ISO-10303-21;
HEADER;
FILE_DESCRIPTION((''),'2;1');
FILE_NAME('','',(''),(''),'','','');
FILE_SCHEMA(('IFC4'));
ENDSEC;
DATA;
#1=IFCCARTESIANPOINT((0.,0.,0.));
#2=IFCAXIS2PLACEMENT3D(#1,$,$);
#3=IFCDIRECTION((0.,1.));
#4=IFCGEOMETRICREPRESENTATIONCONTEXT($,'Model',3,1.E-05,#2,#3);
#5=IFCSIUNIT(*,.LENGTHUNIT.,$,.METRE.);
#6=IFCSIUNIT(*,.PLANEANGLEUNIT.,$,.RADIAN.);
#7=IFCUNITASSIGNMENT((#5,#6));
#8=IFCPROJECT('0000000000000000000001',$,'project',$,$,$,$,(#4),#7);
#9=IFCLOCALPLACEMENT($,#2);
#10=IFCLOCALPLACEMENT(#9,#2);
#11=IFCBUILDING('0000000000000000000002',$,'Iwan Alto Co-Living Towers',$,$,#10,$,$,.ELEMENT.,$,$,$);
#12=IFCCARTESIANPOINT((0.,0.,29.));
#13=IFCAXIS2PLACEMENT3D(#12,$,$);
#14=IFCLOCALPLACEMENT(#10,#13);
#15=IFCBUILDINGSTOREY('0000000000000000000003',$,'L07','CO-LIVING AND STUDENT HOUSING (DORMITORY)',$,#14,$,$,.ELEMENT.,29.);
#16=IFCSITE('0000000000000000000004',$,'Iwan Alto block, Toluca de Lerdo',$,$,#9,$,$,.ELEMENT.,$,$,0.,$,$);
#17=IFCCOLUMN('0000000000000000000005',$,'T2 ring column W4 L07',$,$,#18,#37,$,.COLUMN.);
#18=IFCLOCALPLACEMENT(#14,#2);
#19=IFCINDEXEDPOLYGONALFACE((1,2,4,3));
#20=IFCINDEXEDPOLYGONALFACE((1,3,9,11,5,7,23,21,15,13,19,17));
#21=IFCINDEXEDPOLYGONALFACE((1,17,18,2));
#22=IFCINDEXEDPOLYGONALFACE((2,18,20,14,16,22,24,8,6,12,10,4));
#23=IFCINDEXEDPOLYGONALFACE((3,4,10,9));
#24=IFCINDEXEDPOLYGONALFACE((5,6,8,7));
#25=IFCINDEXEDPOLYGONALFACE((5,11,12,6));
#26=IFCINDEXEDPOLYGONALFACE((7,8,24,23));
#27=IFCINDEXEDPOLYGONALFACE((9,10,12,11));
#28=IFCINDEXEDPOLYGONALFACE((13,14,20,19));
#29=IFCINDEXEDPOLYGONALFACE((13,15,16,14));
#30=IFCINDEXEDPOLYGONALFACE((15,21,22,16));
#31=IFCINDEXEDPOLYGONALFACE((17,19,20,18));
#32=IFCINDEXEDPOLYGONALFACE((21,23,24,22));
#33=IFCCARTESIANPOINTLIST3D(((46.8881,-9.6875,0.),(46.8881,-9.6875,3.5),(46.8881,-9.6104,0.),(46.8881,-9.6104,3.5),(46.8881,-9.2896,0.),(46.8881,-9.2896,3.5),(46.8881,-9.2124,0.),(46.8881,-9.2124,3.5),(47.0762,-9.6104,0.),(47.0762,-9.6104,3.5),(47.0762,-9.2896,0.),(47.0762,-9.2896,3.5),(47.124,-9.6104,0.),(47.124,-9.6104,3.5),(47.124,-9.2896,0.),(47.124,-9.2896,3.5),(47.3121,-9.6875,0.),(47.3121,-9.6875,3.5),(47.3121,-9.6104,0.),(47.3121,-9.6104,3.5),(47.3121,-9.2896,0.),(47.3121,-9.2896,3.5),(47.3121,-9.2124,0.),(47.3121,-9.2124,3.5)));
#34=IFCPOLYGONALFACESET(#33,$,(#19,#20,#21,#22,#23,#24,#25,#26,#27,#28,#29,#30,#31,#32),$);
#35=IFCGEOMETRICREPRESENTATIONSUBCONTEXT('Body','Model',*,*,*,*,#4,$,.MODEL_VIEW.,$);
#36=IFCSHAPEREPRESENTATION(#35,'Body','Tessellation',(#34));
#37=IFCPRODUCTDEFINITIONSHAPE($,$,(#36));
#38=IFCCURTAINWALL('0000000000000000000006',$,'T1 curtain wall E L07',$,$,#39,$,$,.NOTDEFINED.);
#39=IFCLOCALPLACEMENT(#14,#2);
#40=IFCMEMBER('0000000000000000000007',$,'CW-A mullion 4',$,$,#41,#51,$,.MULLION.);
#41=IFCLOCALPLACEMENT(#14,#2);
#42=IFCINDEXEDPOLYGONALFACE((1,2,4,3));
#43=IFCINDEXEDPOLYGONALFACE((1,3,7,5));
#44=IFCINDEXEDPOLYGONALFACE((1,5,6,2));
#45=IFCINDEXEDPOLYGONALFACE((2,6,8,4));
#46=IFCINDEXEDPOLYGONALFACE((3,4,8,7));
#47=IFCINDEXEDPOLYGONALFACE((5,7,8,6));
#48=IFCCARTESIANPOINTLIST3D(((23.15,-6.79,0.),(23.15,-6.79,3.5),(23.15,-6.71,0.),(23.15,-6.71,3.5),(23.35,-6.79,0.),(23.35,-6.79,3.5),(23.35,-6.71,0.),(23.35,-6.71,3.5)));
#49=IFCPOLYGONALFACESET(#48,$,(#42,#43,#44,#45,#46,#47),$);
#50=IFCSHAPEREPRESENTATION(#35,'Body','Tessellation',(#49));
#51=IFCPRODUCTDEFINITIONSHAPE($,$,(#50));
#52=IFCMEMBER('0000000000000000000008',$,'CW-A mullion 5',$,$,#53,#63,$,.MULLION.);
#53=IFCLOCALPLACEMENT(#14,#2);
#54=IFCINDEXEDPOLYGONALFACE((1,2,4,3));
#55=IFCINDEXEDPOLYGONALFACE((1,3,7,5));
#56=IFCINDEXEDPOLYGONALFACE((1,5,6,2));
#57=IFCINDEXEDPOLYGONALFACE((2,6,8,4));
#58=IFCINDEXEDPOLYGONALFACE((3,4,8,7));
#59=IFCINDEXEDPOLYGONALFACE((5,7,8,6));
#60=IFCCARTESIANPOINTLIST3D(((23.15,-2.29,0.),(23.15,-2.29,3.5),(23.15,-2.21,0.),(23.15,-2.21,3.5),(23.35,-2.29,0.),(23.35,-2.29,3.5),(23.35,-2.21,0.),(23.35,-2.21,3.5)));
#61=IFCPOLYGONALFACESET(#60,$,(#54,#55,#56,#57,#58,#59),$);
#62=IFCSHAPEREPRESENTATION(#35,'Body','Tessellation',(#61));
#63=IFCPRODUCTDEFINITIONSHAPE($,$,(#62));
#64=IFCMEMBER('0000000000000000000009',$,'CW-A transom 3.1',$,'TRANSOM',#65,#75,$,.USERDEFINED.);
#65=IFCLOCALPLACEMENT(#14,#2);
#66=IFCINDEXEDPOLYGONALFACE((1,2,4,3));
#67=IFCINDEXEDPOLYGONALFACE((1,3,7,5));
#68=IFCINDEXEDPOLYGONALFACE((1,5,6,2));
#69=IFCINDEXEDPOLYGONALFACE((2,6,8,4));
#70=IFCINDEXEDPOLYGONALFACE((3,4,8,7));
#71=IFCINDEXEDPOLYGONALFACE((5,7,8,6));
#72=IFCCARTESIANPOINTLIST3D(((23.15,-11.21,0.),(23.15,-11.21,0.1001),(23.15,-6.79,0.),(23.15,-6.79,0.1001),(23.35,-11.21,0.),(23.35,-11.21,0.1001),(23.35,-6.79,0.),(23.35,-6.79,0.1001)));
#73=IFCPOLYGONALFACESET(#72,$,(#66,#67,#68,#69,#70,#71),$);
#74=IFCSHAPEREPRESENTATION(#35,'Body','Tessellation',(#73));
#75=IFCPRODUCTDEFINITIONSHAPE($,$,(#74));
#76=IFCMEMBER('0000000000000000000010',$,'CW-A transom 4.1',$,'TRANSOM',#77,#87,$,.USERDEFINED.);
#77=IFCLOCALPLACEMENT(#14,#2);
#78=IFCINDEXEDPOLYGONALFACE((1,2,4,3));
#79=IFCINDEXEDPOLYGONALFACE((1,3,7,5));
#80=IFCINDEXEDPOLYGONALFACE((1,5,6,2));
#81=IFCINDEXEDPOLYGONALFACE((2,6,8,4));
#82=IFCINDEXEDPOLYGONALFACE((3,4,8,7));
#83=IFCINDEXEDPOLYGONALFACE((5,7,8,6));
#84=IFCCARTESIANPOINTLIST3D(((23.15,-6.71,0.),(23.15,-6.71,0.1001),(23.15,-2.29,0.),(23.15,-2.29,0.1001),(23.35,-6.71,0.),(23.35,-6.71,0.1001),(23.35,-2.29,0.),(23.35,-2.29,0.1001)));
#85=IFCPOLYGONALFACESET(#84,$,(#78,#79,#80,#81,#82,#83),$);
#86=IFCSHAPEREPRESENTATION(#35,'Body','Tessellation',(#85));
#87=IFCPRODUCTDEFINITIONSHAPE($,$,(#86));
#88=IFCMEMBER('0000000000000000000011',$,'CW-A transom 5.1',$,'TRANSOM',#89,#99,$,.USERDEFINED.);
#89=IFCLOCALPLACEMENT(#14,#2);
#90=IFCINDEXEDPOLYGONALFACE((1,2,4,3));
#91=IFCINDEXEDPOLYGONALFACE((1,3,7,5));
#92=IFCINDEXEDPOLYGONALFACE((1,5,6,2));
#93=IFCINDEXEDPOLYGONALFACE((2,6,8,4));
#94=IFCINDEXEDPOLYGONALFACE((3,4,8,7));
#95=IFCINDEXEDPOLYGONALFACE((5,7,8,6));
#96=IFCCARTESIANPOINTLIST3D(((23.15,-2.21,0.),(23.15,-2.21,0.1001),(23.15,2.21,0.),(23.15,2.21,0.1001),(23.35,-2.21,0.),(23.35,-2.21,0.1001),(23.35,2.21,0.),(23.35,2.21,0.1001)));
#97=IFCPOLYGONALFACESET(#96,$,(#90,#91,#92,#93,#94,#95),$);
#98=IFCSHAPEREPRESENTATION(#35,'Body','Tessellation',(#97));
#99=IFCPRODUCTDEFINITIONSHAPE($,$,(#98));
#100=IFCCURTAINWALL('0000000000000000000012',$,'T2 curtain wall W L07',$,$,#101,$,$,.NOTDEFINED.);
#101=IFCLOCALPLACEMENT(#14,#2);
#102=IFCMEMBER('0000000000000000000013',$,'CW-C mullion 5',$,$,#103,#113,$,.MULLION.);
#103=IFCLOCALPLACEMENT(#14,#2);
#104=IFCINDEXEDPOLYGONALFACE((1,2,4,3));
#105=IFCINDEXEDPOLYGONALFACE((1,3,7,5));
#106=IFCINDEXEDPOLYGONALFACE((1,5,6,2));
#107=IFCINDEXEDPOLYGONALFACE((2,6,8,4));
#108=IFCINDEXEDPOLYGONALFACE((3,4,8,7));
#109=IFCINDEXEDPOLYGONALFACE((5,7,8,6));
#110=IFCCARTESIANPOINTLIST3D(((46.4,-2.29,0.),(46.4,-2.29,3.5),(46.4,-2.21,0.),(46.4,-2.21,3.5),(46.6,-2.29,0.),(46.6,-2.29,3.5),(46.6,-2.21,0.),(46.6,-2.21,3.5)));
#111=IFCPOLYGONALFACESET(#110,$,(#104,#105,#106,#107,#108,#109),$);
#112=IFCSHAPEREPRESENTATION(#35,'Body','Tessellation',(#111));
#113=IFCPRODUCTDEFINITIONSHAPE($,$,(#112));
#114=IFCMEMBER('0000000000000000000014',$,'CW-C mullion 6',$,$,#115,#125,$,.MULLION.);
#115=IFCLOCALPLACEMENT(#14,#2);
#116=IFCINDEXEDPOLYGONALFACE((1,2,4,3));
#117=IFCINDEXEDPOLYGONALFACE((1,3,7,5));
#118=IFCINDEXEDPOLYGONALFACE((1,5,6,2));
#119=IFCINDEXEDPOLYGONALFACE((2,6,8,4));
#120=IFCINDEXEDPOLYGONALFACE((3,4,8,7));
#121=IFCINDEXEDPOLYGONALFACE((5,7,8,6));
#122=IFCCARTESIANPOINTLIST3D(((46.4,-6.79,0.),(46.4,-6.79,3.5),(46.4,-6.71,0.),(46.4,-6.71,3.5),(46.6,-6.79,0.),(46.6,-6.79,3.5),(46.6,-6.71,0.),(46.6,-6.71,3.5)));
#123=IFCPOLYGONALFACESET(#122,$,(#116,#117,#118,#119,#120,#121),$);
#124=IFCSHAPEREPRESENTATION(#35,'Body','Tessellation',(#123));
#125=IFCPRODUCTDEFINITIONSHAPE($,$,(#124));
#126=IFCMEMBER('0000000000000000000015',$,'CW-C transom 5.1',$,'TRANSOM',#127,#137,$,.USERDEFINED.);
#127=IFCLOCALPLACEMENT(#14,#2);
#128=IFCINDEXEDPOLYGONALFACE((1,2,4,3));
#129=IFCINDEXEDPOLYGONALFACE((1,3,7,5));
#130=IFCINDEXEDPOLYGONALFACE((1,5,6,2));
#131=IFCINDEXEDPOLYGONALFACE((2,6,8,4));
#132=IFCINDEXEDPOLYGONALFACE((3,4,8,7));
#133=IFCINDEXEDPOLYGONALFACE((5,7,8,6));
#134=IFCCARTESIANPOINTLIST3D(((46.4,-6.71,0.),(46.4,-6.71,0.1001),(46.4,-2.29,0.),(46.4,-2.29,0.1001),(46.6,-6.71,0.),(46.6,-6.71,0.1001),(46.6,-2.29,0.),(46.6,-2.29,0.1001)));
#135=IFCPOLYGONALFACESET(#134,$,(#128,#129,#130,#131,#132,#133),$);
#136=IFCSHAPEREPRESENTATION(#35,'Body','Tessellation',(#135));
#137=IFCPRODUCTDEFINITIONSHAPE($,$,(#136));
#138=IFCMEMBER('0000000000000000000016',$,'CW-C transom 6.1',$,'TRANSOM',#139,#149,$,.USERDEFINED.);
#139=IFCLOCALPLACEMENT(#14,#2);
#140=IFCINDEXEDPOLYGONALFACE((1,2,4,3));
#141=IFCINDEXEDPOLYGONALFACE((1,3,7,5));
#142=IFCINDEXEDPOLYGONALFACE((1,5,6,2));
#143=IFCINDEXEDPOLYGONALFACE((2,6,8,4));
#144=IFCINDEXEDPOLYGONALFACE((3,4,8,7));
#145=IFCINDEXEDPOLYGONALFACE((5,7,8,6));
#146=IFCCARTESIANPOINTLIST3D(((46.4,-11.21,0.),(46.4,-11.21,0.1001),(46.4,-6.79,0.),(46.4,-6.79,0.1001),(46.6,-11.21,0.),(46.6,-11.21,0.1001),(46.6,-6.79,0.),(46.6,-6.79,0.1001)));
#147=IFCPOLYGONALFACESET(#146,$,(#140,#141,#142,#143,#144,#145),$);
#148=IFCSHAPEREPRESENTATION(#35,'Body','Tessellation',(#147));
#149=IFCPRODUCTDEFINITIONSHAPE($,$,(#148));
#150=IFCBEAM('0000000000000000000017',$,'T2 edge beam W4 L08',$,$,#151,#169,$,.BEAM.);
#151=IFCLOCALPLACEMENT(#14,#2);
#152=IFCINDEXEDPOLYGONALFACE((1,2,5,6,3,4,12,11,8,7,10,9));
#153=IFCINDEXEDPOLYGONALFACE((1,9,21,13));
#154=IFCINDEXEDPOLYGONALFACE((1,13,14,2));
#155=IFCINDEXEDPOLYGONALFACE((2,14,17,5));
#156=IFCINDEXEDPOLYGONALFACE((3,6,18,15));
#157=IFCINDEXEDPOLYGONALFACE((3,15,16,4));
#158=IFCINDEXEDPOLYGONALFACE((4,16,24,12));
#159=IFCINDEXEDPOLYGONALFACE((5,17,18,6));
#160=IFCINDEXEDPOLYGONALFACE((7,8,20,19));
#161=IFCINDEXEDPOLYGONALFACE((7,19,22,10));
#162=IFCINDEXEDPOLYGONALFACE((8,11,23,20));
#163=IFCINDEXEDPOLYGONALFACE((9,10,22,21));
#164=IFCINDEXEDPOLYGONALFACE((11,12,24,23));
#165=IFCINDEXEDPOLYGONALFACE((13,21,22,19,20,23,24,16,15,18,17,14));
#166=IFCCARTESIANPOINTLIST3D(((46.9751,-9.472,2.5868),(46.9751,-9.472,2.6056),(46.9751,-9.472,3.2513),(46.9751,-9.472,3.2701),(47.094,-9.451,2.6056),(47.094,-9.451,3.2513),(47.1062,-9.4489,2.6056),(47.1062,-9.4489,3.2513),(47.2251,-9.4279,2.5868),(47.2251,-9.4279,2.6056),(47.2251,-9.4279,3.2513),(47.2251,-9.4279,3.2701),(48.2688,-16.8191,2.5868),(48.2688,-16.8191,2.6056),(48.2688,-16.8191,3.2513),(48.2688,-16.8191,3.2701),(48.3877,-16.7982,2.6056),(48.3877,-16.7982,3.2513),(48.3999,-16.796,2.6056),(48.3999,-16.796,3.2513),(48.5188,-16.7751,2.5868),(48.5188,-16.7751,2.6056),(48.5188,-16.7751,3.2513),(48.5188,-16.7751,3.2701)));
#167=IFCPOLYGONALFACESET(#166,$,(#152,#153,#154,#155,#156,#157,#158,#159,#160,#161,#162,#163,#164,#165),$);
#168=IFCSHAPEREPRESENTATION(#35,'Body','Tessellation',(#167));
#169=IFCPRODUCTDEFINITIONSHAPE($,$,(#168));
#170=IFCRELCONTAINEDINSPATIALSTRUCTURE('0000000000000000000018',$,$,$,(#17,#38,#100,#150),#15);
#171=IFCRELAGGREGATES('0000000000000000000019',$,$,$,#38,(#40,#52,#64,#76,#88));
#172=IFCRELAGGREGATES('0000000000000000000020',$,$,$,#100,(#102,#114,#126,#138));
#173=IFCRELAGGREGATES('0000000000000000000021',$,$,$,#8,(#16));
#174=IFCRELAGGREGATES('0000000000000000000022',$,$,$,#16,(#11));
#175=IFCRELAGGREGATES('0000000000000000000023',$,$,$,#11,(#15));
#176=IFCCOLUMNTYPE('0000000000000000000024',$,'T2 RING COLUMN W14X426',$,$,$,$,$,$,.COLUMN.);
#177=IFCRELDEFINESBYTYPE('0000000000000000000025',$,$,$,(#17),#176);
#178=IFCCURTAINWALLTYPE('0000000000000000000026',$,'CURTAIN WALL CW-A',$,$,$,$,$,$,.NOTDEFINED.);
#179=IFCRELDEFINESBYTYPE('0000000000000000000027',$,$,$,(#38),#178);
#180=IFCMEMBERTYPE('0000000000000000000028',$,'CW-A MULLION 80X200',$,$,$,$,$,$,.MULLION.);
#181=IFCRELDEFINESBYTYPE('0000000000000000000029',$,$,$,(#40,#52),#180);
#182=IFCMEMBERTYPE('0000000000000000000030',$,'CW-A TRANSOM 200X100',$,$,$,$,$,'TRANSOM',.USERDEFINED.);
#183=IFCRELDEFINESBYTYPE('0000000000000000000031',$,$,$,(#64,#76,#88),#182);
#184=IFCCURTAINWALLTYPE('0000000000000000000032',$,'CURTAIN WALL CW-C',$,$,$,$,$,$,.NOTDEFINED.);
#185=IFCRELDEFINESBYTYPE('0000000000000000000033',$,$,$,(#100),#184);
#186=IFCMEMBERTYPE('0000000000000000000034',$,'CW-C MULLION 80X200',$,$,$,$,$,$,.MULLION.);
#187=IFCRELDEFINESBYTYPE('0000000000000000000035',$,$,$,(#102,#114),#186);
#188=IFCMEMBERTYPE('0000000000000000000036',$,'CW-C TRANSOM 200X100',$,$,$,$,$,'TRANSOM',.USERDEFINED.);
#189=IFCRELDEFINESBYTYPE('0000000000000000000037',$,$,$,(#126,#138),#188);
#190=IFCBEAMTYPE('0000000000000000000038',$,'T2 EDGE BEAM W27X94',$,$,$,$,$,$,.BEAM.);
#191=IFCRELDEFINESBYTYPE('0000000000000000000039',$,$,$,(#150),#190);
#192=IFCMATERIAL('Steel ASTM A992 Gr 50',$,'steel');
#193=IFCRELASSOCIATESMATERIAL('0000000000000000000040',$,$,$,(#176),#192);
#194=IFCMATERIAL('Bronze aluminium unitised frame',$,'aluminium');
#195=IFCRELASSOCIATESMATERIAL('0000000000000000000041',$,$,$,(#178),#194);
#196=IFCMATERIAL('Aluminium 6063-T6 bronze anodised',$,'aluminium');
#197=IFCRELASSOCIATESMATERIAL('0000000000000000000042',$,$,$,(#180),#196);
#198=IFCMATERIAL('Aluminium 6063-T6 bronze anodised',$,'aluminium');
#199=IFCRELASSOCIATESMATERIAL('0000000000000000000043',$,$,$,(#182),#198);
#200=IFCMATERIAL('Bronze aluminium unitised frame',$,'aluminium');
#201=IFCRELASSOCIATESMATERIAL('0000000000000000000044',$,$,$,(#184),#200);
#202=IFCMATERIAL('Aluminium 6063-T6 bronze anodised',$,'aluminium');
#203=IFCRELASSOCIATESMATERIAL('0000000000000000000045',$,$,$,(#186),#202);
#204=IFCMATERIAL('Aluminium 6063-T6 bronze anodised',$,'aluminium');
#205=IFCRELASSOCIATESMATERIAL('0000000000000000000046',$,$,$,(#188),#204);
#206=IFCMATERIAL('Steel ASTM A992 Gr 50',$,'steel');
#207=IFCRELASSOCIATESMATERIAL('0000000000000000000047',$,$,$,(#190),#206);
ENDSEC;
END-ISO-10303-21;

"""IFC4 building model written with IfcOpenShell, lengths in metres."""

from ifc_helpers import new_model, si_unit, direction, frame, origin, origin_2d, place, context, subcontext, project, spatial, rectangle, i_section, extrude, material, material_profile, profile_set, type_object, element, aggregate, save


model = new_model("IFC4")

# Units and contexts
model_context = context("Model", 3, precision=1e-05, world=origin(), true_north=direction((0.0, 1.0)))
body_context = subcontext(model_context, "Body", "Model", "MODEL_VIEW")
ifc_project = project(units=[si_unit("LENGTHUNIT", "METRE"), si_unit("PLANEANGLEUNIT", "RADIAN")], contexts=[model_context])

# Site, building, storey
site_placement = place(None, origin())
site = spatial("IfcSite", under=ifc_project, at=site_placement, Name="Iwan Alto block, Toluca de Lerdo", CompositionType="ELEMENT", RefElevation=0.0)
building_placement = place(site_placement, origin())
building = spatial("IfcBuilding", under=site, at=building_placement, Name="Iwan Alto Co-Living Towers", CompositionType="ELEMENT")
storey_placement = place(building_placement, frame((0.0, 0.0, 29.0)))
storey = spatial("IfcBuildingStorey", under=building, at=storey_placement, Name="L07", Description="CO-LIVING AND STUDENT HOUSING (DORMITORY)", CompositionType="ELEMENT", Elevation=29.0)

# Column
ifc_material_1 = material(Name="Steel ASTM A992 Gr 50", Category="steel")
ifc_material_profile_1 = material_profile(ifc_material_1, i_section(OverallWidth=0.4241, OverallDepth=0.4751, WebThickness=0.0479, FlangeThickness=0.0771, at=origin_2d()), Name="W14X426")
ifc_profile_set_1 = profile_set([ifc_material_profile_1], Name="Steel ASTM A992 Gr 50")
column_type = type_object("IfcColumnType", Name="T2 RING COLUMN W14X426", PredefinedType="COLUMN", material=ifc_profile_set_1)
column_placement = place(storey_placement, frame((47.1001, -9.45, 0.0), z_axis=(0.0, 0.0, 1.0), x_axis=(1.0, 0.0, 0.0)))
element("IfcColumn", 1, at=column_placement, inside=storey, type_object=column_type, Name="T2 ring column W4 L07", PredefinedType="COLUMN", context=body_context, shape_type="SweptSolid", body=[
    extrude(i_section(OverallWidth=0.4241, OverallDepth=0.4751, WebThickness=0.0479, FlangeThickness=0.0771, at=origin_2d()), origin(), (0.0, 0.0, 1.0), 3.5),
])

# Curtain walls, members
ifc_material_2 = material(Name="Bronze aluminium unitised frame", Category="aluminium")
curtain_wall_type_1 = type_object("IfcCurtainWallType", Name="CURTAIN WALL CW-A", PredefinedType="NOTDEFINED", material=ifc_material_2)
curtain_wall_1_placement = place(storey_placement, origin())
curtain_wall_1 = element("IfcCurtainWall", 2, at=curtain_wall_1_placement, inside=storey, type_object=curtain_wall_type_1, Name="T1 curtain wall E L07", PredefinedType="NOTDEFINED")
ifc_material_3 = material(Name="Aluminium 6063-T6 bronze anodised", Category="aluminium")
ifc_material_profile_2 = material_profile(ifc_material_3, rectangle(XDim=0.2, YDim=0.0801, at=origin_2d()), Name="AL 80X200")
ifc_profile_set_2 = profile_set([ifc_material_profile_2], Name="Aluminium 6063-T6 bronze anodised")
member_type_1 = type_object("IfcMemberType", Name="CW-A MULLION 80X200", PredefinedType="MULLION", material=ifc_profile_set_2)
member_1_placement = place(storey_placement, frame((23.25, -6.75, 0.0), z_axis=(0.0, 0.0, 1.0), x_axis=(-1.0, 0.0, 0.0)))
member_1 = element("IfcMember", 3, at=member_1_placement, type_object=member_type_1, Name="CW-A mullion 4", PredefinedType="MULLION", context=body_context, shape_type="SweptSolid", body=[
    extrude(rectangle(XDim=0.2, YDim=0.0801, at=origin_2d()), origin(), (0.0, 0.0, 1.0), 3.5),
])
member_2_placement = place(storey_placement, frame((23.25, -2.25, 0.0), z_axis=(0.0, 0.0, 1.0), x_axis=(-1.0, 0.0, 0.0)))
member_2 = element("IfcMember", 4, at=member_2_placement, type_object=member_type_1, Name="CW-A mullion 5", PredefinedType="MULLION", context=body_context, shape_type="SweptSolid", body=[
    extrude(rectangle(XDim=0.2, YDim=0.0801, at=origin_2d()), origin(), (0.0, 0.0, 1.0), 3.5),
])
ifc_material_4 = material(Name="Aluminium 6063-T6 bronze anodised", Category="aluminium")
ifc_material_profile_3 = material_profile(ifc_material_4, rectangle(XDim=0.2, YDim=0.1001, at=origin_2d()), Name="AL 200X100")
ifc_profile_set_3 = profile_set([ifc_material_profile_3], Name="Aluminium 6063-T6 bronze anodised")
member_type_2 = type_object("IfcMemberType", Name="CW-A TRANSOM 200X100", ElementType="TRANSOM", PredefinedType="USERDEFINED", material=ifc_profile_set_3)
member_3_placement = place(storey_placement, frame((23.25, -11.21, 0.05), z_axis=(0.0, 1.0, 0.0), x_axis=(-1.0, 0.0, 0.0)))
member_3 = element("IfcMember", 5, at=member_3_placement, type_object=member_type_2, Name="CW-A transom 3.1", ObjectType="TRANSOM", PredefinedType="USERDEFINED", context=body_context, shape_type="SweptSolid", body=[
    extrude(rectangle(XDim=0.2, YDim=0.1001, at=origin_2d()), origin(), (0.0, 0.0, 1.0), 4.4199),
])
member_4_placement = place(storey_placement, frame((23.25, -6.71, 0.05), z_axis=(0.0, 1.0, 0.0), x_axis=(-1.0, 0.0, 0.0)))
member_4 = element("IfcMember", 6, at=member_4_placement, type_object=member_type_2, Name="CW-A transom 4.1", ObjectType="TRANSOM", PredefinedType="USERDEFINED", context=body_context, shape_type="SweptSolid", body=[
    extrude(rectangle(XDim=0.2, YDim=0.1001, at=origin_2d()), origin(), (0.0, 0.0, 1.0), 4.4199),
])
member_5_placement = place(storey_placement, frame((23.25, -2.21, 0.05), z_axis=(0.0, 1.0, 0.0), x_axis=(-1.0, 0.0, 0.0)))
member_5 = element("IfcMember", 7, at=member_5_placement, type_object=member_type_2, Name="CW-A transom 5.1", ObjectType="TRANSOM", PredefinedType="USERDEFINED", context=body_context, shape_type="SweptSolid", body=[
    extrude(rectangle(XDim=0.2, YDim=0.1001, at=origin_2d()), origin(), (0.0, 0.0, 1.0), 4.4199),
])
ifc_material_5 = material(Name="Bronze aluminium unitised frame", Category="aluminium")
curtain_wall_type_2 = type_object("IfcCurtainWallType", Name="CURTAIN WALL CW-C", PredefinedType="NOTDEFINED", material=ifc_material_5)
curtain_wall_2_placement = place(storey_placement, origin())
curtain_wall_2 = element("IfcCurtainWall", 8, at=curtain_wall_2_placement, inside=storey, type_object=curtain_wall_type_2, Name="T2 curtain wall W L07", PredefinedType="NOTDEFINED")
ifc_material_6 = material(Name="Aluminium 6063-T6 bronze anodised", Category="aluminium")
ifc_material_profile_4 = material_profile(ifc_material_6, rectangle(XDim=0.2, YDim=0.0801, at=origin_2d()), Name="AL 80X200")
ifc_profile_set_4 = profile_set([ifc_material_profile_4], Name="Aluminium 6063-T6 bronze anodised")
member_type_3 = type_object("IfcMemberType", Name="CW-C MULLION 80X200", PredefinedType="MULLION", material=ifc_profile_set_4)
member_6_placement = place(storey_placement, frame((46.5, -2.25, 0.0), z_axis=(0.0, 0.0, 1.0), x_axis=(1.0, 0.0, 0.0)))
member_6 = element("IfcMember", 9, at=member_6_placement, type_object=member_type_3, Name="CW-C mullion 5", PredefinedType="MULLION", context=body_context, shape_type="SweptSolid", body=[
    extrude(rectangle(XDim=0.2, YDim=0.0801, at=origin_2d()), origin(), (0.0, 0.0, 1.0), 3.5),
])
member_7_placement = place(storey_placement, frame((46.5, -6.75, 0.0), z_axis=(0.0, 0.0, 1.0), x_axis=(1.0, 0.0, 0.0)))
member_7 = element("IfcMember", 10, at=member_7_placement, type_object=member_type_3, Name="CW-C mullion 6", PredefinedType="MULLION", context=body_context, shape_type="SweptSolid", body=[
    extrude(rectangle(XDim=0.2, YDim=0.0801, at=origin_2d()), origin(), (0.0, 0.0, 1.0), 3.5),
])
ifc_material_7 = material(Name="Aluminium 6063-T6 bronze anodised", Category="aluminium")
ifc_material_profile_5 = material_profile(ifc_material_7, rectangle(XDim=0.2, YDim=0.1001, at=origin_2d()), Name="AL 200X100")
ifc_profile_set_5 = profile_set([ifc_material_profile_5], Name="Aluminium 6063-T6 bronze anodised")
member_type_4 = type_object("IfcMemberType", Name="CW-C TRANSOM 200X100", ElementType="TRANSOM", PredefinedType="USERDEFINED", material=ifc_profile_set_5)
member_8_placement = place(storey_placement, frame((46.5, -2.29, 0.05), z_axis=(0.0, -1.0, 0.0), x_axis=(1.0, 0.0, 0.0)))
member_8 = element("IfcMember", 11, at=member_8_placement, type_object=member_type_4, Name="CW-C transom 5.1", ObjectType="TRANSOM", PredefinedType="USERDEFINED", context=body_context, shape_type="SweptSolid", body=[
    extrude(rectangle(XDim=0.2, YDim=0.1001, at=origin_2d()), origin(), (0.0, 0.0, 1.0), 4.4199),
])
member_9_placement = place(storey_placement, frame((46.5, -6.79, 0.05), z_axis=(0.0, -1.0, 0.0), x_axis=(1.0, 0.0, 0.0)))
member_9 = element("IfcMember", 12, at=member_9_placement, type_object=member_type_4, Name="CW-C transom 6.1", ObjectType="TRANSOM", PredefinedType="USERDEFINED", context=body_context, shape_type="SweptSolid", body=[
    extrude(rectangle(XDim=0.2, YDim=0.1001, at=origin_2d()), origin(), (0.0, 0.0, 1.0), 4.4199),
])

# Beam
ifc_material_8 = material(Name="Steel ASTM A992 Gr 50", Category="steel")
ifc_material_profile_6 = material_profile(ifc_material_8, i_section(OverallWidth=0.2539, OverallDepth=0.6833, WebThickness=0.0125, FlangeThickness=0.0188, at=origin_2d()), Name="W27X94")
ifc_profile_set_6 = profile_set([ifc_material_profile_6], Name="Steel ASTM A992 Gr 50")
beam_type_1 = type_object("IfcBeamType", Name="T2 EDGE BEAM W27X94", PredefinedType="BEAM", material=ifc_profile_set_6)
beam_1_placement = place(storey_placement, frame((47.1001, -9.45, 2.9285), z_axis=(0.173414, -0.984849, 0.0), x_axis=(0.984849, 0.173414, 0.0)))
element("IfcBeam", 13, at=beam_1_placement, inside=storey, type_object=beam_type_1, Name="T2 edge beam W4 L08", PredefinedType="BEAM", context=body_context, shape_type="SweptSolid", body=[
    extrude(i_section(OverallWidth=0.2539, OverallDepth=0.6833, WebThickness=0.0125, FlangeThickness=0.0188, at=origin_2d()), origin(), (0.0, 0.0, 1.0), 7.4602),
])

aggregate(curtain_wall_1, [member_1, member_2, member_3, member_4, member_5])
aggregate(curtain_wall_2, [member_6, member_7, member_8, member_9])

save(model, "model.ifc")
